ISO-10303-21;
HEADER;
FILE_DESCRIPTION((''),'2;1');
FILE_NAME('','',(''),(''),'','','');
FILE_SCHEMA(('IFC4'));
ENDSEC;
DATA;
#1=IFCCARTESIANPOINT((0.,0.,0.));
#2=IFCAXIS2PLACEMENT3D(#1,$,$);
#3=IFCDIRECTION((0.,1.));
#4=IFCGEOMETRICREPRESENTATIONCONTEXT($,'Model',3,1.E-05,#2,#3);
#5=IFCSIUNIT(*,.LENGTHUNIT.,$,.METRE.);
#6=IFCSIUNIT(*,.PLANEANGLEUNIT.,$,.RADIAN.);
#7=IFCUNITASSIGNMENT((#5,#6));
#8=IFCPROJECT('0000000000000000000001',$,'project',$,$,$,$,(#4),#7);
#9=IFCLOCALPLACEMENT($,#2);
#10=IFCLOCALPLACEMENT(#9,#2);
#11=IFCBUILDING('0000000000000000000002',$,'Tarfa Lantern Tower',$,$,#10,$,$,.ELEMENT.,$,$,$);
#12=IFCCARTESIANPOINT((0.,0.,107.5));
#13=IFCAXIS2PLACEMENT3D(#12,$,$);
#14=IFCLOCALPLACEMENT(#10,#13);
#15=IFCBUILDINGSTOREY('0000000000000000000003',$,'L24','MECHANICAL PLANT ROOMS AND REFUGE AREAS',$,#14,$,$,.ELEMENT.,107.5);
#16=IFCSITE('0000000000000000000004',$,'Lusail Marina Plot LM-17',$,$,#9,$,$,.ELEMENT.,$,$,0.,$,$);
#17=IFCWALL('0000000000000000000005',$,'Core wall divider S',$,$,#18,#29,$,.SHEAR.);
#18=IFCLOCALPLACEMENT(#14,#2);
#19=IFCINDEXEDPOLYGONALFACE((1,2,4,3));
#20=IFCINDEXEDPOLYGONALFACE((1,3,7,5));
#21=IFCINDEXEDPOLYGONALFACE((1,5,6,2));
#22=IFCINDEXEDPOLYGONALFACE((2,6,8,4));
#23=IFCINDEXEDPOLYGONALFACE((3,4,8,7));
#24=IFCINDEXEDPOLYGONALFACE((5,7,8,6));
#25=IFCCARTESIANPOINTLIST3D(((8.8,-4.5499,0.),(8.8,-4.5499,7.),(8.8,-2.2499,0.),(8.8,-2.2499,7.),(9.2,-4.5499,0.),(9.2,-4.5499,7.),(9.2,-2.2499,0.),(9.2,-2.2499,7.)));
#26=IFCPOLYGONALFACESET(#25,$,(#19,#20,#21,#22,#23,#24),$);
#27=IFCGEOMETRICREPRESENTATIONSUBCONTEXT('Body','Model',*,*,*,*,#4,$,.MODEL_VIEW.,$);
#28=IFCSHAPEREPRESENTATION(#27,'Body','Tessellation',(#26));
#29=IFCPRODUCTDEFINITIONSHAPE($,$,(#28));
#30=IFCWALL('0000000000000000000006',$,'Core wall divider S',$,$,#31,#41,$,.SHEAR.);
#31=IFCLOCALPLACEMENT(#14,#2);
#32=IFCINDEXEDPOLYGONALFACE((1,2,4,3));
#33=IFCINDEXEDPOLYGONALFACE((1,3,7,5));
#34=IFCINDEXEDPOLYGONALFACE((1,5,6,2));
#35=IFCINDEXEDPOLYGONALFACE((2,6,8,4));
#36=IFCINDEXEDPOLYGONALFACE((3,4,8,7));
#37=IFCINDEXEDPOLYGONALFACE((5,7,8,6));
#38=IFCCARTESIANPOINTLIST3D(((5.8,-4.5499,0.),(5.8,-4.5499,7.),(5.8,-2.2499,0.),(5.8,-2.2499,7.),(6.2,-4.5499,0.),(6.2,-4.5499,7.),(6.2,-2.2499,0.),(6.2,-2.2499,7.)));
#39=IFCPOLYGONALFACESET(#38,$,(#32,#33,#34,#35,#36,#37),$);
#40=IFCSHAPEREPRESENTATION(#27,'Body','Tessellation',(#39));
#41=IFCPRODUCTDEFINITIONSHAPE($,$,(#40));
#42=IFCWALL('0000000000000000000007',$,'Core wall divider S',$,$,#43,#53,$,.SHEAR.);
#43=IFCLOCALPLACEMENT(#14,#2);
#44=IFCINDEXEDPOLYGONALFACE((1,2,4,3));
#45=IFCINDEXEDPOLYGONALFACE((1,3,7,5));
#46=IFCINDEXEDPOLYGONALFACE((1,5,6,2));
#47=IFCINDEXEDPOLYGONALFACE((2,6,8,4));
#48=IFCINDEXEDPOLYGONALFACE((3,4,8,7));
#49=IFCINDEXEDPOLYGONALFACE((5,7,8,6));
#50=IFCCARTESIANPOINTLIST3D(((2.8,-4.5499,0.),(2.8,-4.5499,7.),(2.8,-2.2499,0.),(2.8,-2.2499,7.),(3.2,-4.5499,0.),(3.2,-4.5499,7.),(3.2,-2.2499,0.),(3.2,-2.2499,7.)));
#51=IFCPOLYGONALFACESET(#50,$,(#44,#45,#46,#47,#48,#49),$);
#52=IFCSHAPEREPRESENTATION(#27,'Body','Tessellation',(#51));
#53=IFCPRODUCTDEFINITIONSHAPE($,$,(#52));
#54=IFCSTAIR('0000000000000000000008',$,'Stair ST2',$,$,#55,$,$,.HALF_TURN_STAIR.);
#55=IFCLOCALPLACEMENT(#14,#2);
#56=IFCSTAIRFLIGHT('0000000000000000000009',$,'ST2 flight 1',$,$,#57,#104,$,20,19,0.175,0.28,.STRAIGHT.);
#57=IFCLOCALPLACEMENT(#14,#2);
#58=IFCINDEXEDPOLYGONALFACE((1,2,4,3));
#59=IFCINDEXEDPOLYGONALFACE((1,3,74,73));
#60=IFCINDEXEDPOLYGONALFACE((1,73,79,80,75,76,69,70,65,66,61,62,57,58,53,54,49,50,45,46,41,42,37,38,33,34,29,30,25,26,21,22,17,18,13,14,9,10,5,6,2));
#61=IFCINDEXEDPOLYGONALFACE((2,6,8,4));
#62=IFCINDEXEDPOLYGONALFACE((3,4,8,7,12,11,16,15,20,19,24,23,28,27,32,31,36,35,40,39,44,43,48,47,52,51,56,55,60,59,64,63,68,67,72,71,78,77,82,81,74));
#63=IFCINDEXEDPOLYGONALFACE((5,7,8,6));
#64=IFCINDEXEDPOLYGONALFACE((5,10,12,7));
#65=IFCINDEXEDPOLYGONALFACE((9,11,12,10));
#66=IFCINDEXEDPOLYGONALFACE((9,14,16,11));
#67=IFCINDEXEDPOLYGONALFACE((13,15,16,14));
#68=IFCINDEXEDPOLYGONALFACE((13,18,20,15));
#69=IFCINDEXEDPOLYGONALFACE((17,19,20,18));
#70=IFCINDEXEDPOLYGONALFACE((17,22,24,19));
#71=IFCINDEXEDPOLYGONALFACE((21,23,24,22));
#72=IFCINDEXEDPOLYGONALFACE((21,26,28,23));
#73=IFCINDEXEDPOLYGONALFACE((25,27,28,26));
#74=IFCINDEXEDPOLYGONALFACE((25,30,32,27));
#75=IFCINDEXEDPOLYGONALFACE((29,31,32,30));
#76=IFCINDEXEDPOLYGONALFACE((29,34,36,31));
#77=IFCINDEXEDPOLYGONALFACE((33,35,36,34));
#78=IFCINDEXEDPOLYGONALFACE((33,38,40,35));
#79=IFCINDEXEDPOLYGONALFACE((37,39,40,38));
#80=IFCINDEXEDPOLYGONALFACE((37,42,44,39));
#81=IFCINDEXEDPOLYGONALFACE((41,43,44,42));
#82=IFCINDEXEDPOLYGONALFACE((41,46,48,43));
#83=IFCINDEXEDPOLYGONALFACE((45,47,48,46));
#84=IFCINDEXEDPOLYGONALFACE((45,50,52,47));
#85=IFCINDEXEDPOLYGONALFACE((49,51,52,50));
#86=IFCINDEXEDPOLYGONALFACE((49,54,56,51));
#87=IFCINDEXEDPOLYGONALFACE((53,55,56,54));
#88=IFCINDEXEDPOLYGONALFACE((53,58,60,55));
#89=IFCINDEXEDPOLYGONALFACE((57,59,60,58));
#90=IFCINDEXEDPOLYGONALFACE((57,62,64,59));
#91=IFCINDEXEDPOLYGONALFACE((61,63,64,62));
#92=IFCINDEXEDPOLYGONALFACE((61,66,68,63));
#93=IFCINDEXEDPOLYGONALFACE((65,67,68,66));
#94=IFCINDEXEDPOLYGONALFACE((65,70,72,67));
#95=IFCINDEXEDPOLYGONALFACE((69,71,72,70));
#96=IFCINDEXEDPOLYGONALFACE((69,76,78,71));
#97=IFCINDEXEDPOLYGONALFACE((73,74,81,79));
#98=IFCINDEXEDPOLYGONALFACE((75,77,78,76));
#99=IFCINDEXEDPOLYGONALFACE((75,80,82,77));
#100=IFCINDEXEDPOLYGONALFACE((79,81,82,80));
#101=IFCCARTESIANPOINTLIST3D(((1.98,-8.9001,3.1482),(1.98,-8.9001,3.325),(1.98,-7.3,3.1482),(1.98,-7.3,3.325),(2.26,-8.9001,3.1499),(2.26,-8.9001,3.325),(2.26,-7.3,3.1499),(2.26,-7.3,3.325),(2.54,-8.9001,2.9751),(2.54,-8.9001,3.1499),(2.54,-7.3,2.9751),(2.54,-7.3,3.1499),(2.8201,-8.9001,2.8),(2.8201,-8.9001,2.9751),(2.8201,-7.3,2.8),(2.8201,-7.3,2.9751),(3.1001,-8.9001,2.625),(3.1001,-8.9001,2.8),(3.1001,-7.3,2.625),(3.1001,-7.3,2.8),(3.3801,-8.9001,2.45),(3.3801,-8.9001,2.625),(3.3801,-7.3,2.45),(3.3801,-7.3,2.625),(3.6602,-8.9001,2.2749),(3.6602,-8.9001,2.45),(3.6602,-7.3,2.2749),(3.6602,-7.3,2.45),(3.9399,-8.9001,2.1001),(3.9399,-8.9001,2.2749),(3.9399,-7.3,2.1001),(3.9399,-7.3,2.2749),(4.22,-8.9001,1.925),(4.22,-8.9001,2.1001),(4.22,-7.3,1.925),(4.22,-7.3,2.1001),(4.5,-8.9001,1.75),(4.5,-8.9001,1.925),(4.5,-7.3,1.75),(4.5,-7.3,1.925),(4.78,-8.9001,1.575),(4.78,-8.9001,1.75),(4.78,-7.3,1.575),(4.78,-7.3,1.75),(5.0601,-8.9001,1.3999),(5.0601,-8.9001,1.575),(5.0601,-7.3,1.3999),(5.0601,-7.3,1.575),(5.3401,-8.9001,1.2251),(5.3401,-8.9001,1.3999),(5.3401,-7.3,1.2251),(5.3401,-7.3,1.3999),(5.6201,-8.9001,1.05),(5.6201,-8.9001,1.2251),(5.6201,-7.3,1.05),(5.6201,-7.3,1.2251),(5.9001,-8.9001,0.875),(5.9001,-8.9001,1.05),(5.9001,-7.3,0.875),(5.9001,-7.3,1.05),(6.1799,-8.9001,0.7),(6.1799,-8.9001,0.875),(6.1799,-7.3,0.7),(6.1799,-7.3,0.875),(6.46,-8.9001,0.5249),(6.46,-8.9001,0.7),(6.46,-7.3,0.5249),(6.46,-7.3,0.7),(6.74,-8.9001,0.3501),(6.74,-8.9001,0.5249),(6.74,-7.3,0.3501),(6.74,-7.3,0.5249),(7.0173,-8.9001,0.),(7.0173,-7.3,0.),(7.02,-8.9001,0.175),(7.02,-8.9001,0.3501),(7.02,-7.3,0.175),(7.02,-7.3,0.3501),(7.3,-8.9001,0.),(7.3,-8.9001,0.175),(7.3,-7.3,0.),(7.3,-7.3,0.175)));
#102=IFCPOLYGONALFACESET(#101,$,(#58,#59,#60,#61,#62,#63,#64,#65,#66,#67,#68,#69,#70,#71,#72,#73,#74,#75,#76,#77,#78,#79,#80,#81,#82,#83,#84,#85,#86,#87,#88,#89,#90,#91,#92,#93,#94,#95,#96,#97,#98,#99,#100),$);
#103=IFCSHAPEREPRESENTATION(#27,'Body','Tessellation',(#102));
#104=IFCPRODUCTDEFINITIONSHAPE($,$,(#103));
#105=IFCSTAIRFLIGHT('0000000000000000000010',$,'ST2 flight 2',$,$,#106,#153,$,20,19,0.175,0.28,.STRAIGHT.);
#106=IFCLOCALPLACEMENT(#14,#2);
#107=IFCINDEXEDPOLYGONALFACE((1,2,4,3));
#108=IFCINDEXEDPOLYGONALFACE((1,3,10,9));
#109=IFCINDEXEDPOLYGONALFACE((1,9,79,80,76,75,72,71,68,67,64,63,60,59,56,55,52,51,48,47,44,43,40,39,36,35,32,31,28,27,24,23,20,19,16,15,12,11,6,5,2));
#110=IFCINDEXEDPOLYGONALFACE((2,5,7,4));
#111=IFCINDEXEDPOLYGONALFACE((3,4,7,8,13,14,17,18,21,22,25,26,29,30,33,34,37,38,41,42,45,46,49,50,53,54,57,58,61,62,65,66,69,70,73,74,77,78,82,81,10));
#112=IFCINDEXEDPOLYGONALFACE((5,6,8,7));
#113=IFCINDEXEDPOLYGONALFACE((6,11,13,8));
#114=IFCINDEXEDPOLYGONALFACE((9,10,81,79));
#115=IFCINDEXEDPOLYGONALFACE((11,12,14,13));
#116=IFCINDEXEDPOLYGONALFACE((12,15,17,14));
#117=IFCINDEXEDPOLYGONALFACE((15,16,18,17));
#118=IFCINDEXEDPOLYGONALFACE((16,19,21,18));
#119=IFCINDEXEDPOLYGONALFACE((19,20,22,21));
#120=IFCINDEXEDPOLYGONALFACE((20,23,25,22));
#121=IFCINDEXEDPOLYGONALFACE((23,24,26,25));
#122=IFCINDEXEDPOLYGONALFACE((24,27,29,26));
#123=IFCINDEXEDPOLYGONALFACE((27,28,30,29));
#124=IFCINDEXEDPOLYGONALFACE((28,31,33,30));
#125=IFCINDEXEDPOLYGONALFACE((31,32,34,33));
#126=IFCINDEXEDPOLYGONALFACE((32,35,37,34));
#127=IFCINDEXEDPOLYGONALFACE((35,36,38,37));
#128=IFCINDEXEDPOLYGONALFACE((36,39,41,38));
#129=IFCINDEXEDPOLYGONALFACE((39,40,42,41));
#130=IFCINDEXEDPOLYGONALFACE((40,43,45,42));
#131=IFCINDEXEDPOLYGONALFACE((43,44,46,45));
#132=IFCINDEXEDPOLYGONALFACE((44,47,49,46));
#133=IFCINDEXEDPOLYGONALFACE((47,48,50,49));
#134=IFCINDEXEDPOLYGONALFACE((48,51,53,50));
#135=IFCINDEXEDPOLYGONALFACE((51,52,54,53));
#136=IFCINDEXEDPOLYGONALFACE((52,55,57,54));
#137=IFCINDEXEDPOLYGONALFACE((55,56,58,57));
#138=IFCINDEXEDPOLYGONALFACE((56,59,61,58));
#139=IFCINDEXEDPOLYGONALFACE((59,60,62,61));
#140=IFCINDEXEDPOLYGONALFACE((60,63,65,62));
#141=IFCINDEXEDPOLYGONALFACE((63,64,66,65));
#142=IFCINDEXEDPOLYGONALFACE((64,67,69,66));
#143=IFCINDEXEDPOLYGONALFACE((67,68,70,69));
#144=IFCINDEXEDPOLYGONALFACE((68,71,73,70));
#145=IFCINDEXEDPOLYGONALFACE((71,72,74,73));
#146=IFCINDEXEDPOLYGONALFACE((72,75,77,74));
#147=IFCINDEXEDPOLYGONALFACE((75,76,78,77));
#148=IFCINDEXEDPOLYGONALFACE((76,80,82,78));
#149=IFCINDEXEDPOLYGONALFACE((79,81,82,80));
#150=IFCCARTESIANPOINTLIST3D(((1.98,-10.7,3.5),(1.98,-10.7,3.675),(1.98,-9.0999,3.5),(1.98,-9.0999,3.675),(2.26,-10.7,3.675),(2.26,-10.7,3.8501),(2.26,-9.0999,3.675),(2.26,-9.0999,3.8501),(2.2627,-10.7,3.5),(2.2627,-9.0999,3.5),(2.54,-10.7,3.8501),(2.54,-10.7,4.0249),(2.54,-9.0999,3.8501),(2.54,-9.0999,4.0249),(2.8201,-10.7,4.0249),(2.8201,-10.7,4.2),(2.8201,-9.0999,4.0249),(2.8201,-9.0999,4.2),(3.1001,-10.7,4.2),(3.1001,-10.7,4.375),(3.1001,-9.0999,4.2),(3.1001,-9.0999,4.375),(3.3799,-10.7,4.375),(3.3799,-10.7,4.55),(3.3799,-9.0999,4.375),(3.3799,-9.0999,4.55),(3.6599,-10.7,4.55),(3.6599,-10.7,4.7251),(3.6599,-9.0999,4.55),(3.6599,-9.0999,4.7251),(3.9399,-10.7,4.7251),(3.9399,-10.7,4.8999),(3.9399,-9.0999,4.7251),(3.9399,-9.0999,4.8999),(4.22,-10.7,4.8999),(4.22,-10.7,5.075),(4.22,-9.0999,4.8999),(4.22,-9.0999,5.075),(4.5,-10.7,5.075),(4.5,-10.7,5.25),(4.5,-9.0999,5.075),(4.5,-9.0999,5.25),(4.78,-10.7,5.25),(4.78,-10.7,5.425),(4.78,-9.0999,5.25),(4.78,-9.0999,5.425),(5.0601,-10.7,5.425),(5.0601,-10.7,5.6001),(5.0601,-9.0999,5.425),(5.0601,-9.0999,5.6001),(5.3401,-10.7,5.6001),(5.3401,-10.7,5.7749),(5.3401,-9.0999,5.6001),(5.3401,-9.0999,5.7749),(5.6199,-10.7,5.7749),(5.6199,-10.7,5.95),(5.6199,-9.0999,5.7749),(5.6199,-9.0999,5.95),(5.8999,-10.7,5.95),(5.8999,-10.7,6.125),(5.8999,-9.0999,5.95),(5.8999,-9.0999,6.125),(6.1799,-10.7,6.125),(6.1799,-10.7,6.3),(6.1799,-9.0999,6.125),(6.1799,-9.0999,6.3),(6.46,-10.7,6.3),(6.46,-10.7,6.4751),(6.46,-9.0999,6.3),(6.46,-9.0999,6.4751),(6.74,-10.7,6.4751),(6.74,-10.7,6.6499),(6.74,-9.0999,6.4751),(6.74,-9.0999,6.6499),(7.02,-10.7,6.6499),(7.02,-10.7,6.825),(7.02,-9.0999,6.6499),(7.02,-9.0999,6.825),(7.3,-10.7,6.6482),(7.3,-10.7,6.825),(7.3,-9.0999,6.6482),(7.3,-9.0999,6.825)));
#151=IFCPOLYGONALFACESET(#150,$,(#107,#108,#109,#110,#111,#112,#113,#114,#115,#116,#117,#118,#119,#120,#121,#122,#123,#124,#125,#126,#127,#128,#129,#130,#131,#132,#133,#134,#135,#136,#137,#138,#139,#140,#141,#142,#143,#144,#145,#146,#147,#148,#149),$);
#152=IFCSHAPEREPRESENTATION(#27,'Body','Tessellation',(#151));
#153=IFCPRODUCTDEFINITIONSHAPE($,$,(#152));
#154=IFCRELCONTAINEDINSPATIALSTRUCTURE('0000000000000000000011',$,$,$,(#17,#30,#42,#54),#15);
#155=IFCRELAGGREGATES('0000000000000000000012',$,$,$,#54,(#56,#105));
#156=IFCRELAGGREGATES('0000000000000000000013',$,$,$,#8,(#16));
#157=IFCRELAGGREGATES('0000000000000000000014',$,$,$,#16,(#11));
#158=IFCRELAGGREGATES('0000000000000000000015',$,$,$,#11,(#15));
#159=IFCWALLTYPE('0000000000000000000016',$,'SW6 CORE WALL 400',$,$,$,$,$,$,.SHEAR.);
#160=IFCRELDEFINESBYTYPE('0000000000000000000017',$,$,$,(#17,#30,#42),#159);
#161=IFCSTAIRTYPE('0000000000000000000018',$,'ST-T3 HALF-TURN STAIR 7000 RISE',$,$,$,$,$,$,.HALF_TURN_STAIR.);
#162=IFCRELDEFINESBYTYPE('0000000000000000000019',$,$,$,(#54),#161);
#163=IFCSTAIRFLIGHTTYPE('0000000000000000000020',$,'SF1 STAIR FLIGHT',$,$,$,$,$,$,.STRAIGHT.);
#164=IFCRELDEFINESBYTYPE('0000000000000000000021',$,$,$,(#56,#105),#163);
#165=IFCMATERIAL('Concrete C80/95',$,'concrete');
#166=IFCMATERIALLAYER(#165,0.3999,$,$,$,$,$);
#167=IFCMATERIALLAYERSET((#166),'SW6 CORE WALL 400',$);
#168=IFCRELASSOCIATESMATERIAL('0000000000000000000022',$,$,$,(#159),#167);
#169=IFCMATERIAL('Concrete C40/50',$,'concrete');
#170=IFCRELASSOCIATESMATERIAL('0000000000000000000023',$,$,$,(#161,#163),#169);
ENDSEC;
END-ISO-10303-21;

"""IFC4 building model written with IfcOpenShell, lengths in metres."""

from ifc_helpers import new_model, si_unit, direction, frame, frame_2d, origin, place, context, subcontext, project, spatial, polyline, rectangle, outline, extrude, material, layer, layer_set, type_object, element, aggregate, save


model = new_model("IFC4")

# Units and contexts
model_context = context("Model", 3, precision=1e-05, world=origin(), true_north=direction((0.0, 1.0)))
body_context = subcontext(model_context, "Body", "Model", "MODEL_VIEW")
ifc_project = project(units=[si_unit("LENGTHUNIT", "METRE"), si_unit("PLANEANGLEUNIT", "RADIAN")], contexts=[model_context])

# Site, building, storey
site_placement = place(None, origin())
site = spatial("IfcSite", under=ifc_project, at=site_placement, Name="Lusail Marina Plot LM-17", CompositionType="ELEMENT", RefElevation=0.0)
building_placement = place(site_placement, origin())
building = spatial("IfcBuilding", under=site, at=building_placement, Name="Tarfa Lantern Tower", CompositionType="ELEMENT")
storey_placement = place(building_placement, frame((0.0, 0.0, 107.5)))
storey = spatial("IfcBuildingStorey", under=building, at=storey_placement, Name="L24", Description="MECHANICAL PLANT ROOMS AND REFUGE AREAS", CompositionType="ELEMENT", Elevation=107.5)

# Shared definitions
ifc_material_1 = material(Name="Concrete C80/95", Category="concrete")

# Walls
ifc_layer_1 = layer(ifc_material_1, 0.3999)
ifc_layer_set_1 = layer_set([ifc_layer_1], Name="SW6 CORE WALL 400")
wall_type_1 = type_object("IfcWallType", Name="SW6 CORE WALL 400", PredefinedType="SHEAR", material=ifc_layer_set_1)
for number, where, z_axis, x_axis, name in (
    (1, (9.0, -2.25, 0.0), (0.0, 0.0, 1.0), (0.0, -1.0, 0.0), "Core wall divider S"),
    (2, (6.0, -2.25, 0.0), (0.0, 0.0, 1.0), (0.0, -1.0, 0.0), "Core wall divider S"),
    (3, (3.0, -2.25, 0.0), (0.0, 0.0, 1.0), (0.0, -1.0, 0.0), "Core wall divider S"),
):
    element("IfcWall", number, at=place(storey_placement, frame(where, z_axis=z_axis, x_axis=x_axis)), inside=storey, type_object=wall_type_1, Name=name, PredefinedType="SHEAR", context=body_context, shape_type="SweptSolid", body=[
        extrude(rectangle(XDim=2.3, YDim=0.3999, at=frame_2d((1.1499, 0.0))), origin(), (0.0, 0.0, 1.0), 7.0),
    ])

# Stair, stair flights
ifc_material_2 = material(Name="Concrete C40/50", Category="concrete")
stair_type = type_object("IfcStairType", Name="ST-T3 HALF-TURN STAIR 7000 RISE", PredefinedType="HALF_TURN_STAIR", material=ifc_material_2)
stair_placement = place(storey_placement, origin())
stair = element("IfcStair", 4, at=stair_placement, inside=storey, type_object=stair_type, Name="Stair ST2", PredefinedType="HALF_TURN_STAIR")
stair_flight_type = type_object("IfcStairFlightType", Name="SF1 STAIR FLIGHT", PredefinedType="STRAIGHT", material=ifc_material_2)
stair_flight_1_placement = place(storey_placement, frame((7.3, -8.1001, 0.0), z_axis=(0.0, 0.0, 1.0), x_axis=(-1.0, 0.0, 0.0)))
stair_flight_1 = element("IfcStairFlight", 5, at=stair_flight_1_placement, type_object=stair_flight_type, Name="ST2 flight 1", NumberOfRisers=20, NumberOfTreads=19, PredefinedType="STRAIGHT", RiserHeight=0.175, TreadLength=0.28, context=body_context, shape_type="SweptSolid", body=[
    extrude(outline(polyline([(0.0, 0.0), (0.0, 0.175), (0.28, 0.175), (0.28, 0.3501), (0.5601, 0.3501), (0.5601, 0.5249), (0.8401, 0.5249), (0.8401, 0.7), (1.1201, 0.7), (1.1201, 0.875), (1.3999, 0.875), (1.3999, 1.05), (1.6799, 1.05), (1.6799, 1.2251), (1.96, 1.2251), (1.96, 1.3999), (2.24, 1.3999), (2.24, 1.575), (2.52, 1.575), (2.52, 1.75), (2.8, 1.75), (2.8, 1.925), (3.0801, 1.925), (3.0801, 2.1001), (3.3601, 2.1001), (3.3601, 2.2749), (3.6399, 2.2749), (3.6399, 2.45), (3.9199, 2.45), (3.9199, 2.625), (4.2, 2.625), (4.2, 2.8), (4.48, 2.8), (4.48, 2.9751), (4.76, 2.9751), (4.76, 3.1499), (5.04, 3.1499), (5.04, 3.325), (5.3201, 3.325), (5.3201, 3.5), (5.3201, 3.1482), (0.2827, 0.0), (0.0, 0.0)])), frame((0.0, 0.8, 0.0), z_axis=(0.0, -1.0, 0.0), x_axis=(1.0, 0.0, 0.0)), (0.0, 0.0, 1.0), 1.6001),
])
stair_flight_2_placement = place(storey_placement, frame((1.98, -9.8999, 3.5), z_axis=(0.0, 0.0, 1.0), x_axis=(1.0, 0.0, 0.0)))
stair_flight_2 = element("IfcStairFlight", 6, at=stair_flight_2_placement, type_object=stair_flight_type, Name="ST2 flight 2", NumberOfRisers=20, NumberOfTreads=19, PredefinedType="STRAIGHT", RiserHeight=0.175, TreadLength=0.28, context=body_context, shape_type="SweptSolid", body=[
    extrude(outline(polyline([(0.0, 0.0), (0.0, 0.175), (0.28, 0.175), (0.28, 0.3501), (0.5601, 0.3501), (0.5601, 0.5249), (0.8401, 0.5249), (0.8401, 0.7), (1.1201, 0.7), (1.1201, 0.875), (1.3999, 0.875), (1.3999, 1.05), (1.6799, 1.05), (1.6799, 1.2251), (1.96, 1.2251), (1.96, 1.3999), (2.24, 1.3999), (2.24, 1.575), (2.52, 1.575), (2.52, 1.75), (2.8, 1.75), (2.8, 1.925), (3.0801, 1.925), (3.0801, 2.1001), (3.3601, 2.1001), (3.3601, 2.2749), (3.6399, 2.2749), (3.6399, 2.45), (3.9199, 2.45), (3.9199, 2.625), (4.2, 2.625), (4.2, 2.8), (4.48, 2.8), (4.48, 2.9751), (4.76, 2.9751), (4.76, 3.1499), (5.04, 3.1499), (5.04, 3.325), (5.3201, 3.325), (5.3201, 3.5), (5.3201, 3.1482), (0.2827, 0.0), (0.0, 0.0)])), frame((0.0, 0.8, 0.0), z_axis=(0.0, -1.0, 0.0), x_axis=(1.0, 0.0, 0.0)), (0.0, 0.0, 1.0), 1.6001),
])
aggregate(stair, [stair_flight_1, stair_flight_2])

save(model, "model.ifc")
